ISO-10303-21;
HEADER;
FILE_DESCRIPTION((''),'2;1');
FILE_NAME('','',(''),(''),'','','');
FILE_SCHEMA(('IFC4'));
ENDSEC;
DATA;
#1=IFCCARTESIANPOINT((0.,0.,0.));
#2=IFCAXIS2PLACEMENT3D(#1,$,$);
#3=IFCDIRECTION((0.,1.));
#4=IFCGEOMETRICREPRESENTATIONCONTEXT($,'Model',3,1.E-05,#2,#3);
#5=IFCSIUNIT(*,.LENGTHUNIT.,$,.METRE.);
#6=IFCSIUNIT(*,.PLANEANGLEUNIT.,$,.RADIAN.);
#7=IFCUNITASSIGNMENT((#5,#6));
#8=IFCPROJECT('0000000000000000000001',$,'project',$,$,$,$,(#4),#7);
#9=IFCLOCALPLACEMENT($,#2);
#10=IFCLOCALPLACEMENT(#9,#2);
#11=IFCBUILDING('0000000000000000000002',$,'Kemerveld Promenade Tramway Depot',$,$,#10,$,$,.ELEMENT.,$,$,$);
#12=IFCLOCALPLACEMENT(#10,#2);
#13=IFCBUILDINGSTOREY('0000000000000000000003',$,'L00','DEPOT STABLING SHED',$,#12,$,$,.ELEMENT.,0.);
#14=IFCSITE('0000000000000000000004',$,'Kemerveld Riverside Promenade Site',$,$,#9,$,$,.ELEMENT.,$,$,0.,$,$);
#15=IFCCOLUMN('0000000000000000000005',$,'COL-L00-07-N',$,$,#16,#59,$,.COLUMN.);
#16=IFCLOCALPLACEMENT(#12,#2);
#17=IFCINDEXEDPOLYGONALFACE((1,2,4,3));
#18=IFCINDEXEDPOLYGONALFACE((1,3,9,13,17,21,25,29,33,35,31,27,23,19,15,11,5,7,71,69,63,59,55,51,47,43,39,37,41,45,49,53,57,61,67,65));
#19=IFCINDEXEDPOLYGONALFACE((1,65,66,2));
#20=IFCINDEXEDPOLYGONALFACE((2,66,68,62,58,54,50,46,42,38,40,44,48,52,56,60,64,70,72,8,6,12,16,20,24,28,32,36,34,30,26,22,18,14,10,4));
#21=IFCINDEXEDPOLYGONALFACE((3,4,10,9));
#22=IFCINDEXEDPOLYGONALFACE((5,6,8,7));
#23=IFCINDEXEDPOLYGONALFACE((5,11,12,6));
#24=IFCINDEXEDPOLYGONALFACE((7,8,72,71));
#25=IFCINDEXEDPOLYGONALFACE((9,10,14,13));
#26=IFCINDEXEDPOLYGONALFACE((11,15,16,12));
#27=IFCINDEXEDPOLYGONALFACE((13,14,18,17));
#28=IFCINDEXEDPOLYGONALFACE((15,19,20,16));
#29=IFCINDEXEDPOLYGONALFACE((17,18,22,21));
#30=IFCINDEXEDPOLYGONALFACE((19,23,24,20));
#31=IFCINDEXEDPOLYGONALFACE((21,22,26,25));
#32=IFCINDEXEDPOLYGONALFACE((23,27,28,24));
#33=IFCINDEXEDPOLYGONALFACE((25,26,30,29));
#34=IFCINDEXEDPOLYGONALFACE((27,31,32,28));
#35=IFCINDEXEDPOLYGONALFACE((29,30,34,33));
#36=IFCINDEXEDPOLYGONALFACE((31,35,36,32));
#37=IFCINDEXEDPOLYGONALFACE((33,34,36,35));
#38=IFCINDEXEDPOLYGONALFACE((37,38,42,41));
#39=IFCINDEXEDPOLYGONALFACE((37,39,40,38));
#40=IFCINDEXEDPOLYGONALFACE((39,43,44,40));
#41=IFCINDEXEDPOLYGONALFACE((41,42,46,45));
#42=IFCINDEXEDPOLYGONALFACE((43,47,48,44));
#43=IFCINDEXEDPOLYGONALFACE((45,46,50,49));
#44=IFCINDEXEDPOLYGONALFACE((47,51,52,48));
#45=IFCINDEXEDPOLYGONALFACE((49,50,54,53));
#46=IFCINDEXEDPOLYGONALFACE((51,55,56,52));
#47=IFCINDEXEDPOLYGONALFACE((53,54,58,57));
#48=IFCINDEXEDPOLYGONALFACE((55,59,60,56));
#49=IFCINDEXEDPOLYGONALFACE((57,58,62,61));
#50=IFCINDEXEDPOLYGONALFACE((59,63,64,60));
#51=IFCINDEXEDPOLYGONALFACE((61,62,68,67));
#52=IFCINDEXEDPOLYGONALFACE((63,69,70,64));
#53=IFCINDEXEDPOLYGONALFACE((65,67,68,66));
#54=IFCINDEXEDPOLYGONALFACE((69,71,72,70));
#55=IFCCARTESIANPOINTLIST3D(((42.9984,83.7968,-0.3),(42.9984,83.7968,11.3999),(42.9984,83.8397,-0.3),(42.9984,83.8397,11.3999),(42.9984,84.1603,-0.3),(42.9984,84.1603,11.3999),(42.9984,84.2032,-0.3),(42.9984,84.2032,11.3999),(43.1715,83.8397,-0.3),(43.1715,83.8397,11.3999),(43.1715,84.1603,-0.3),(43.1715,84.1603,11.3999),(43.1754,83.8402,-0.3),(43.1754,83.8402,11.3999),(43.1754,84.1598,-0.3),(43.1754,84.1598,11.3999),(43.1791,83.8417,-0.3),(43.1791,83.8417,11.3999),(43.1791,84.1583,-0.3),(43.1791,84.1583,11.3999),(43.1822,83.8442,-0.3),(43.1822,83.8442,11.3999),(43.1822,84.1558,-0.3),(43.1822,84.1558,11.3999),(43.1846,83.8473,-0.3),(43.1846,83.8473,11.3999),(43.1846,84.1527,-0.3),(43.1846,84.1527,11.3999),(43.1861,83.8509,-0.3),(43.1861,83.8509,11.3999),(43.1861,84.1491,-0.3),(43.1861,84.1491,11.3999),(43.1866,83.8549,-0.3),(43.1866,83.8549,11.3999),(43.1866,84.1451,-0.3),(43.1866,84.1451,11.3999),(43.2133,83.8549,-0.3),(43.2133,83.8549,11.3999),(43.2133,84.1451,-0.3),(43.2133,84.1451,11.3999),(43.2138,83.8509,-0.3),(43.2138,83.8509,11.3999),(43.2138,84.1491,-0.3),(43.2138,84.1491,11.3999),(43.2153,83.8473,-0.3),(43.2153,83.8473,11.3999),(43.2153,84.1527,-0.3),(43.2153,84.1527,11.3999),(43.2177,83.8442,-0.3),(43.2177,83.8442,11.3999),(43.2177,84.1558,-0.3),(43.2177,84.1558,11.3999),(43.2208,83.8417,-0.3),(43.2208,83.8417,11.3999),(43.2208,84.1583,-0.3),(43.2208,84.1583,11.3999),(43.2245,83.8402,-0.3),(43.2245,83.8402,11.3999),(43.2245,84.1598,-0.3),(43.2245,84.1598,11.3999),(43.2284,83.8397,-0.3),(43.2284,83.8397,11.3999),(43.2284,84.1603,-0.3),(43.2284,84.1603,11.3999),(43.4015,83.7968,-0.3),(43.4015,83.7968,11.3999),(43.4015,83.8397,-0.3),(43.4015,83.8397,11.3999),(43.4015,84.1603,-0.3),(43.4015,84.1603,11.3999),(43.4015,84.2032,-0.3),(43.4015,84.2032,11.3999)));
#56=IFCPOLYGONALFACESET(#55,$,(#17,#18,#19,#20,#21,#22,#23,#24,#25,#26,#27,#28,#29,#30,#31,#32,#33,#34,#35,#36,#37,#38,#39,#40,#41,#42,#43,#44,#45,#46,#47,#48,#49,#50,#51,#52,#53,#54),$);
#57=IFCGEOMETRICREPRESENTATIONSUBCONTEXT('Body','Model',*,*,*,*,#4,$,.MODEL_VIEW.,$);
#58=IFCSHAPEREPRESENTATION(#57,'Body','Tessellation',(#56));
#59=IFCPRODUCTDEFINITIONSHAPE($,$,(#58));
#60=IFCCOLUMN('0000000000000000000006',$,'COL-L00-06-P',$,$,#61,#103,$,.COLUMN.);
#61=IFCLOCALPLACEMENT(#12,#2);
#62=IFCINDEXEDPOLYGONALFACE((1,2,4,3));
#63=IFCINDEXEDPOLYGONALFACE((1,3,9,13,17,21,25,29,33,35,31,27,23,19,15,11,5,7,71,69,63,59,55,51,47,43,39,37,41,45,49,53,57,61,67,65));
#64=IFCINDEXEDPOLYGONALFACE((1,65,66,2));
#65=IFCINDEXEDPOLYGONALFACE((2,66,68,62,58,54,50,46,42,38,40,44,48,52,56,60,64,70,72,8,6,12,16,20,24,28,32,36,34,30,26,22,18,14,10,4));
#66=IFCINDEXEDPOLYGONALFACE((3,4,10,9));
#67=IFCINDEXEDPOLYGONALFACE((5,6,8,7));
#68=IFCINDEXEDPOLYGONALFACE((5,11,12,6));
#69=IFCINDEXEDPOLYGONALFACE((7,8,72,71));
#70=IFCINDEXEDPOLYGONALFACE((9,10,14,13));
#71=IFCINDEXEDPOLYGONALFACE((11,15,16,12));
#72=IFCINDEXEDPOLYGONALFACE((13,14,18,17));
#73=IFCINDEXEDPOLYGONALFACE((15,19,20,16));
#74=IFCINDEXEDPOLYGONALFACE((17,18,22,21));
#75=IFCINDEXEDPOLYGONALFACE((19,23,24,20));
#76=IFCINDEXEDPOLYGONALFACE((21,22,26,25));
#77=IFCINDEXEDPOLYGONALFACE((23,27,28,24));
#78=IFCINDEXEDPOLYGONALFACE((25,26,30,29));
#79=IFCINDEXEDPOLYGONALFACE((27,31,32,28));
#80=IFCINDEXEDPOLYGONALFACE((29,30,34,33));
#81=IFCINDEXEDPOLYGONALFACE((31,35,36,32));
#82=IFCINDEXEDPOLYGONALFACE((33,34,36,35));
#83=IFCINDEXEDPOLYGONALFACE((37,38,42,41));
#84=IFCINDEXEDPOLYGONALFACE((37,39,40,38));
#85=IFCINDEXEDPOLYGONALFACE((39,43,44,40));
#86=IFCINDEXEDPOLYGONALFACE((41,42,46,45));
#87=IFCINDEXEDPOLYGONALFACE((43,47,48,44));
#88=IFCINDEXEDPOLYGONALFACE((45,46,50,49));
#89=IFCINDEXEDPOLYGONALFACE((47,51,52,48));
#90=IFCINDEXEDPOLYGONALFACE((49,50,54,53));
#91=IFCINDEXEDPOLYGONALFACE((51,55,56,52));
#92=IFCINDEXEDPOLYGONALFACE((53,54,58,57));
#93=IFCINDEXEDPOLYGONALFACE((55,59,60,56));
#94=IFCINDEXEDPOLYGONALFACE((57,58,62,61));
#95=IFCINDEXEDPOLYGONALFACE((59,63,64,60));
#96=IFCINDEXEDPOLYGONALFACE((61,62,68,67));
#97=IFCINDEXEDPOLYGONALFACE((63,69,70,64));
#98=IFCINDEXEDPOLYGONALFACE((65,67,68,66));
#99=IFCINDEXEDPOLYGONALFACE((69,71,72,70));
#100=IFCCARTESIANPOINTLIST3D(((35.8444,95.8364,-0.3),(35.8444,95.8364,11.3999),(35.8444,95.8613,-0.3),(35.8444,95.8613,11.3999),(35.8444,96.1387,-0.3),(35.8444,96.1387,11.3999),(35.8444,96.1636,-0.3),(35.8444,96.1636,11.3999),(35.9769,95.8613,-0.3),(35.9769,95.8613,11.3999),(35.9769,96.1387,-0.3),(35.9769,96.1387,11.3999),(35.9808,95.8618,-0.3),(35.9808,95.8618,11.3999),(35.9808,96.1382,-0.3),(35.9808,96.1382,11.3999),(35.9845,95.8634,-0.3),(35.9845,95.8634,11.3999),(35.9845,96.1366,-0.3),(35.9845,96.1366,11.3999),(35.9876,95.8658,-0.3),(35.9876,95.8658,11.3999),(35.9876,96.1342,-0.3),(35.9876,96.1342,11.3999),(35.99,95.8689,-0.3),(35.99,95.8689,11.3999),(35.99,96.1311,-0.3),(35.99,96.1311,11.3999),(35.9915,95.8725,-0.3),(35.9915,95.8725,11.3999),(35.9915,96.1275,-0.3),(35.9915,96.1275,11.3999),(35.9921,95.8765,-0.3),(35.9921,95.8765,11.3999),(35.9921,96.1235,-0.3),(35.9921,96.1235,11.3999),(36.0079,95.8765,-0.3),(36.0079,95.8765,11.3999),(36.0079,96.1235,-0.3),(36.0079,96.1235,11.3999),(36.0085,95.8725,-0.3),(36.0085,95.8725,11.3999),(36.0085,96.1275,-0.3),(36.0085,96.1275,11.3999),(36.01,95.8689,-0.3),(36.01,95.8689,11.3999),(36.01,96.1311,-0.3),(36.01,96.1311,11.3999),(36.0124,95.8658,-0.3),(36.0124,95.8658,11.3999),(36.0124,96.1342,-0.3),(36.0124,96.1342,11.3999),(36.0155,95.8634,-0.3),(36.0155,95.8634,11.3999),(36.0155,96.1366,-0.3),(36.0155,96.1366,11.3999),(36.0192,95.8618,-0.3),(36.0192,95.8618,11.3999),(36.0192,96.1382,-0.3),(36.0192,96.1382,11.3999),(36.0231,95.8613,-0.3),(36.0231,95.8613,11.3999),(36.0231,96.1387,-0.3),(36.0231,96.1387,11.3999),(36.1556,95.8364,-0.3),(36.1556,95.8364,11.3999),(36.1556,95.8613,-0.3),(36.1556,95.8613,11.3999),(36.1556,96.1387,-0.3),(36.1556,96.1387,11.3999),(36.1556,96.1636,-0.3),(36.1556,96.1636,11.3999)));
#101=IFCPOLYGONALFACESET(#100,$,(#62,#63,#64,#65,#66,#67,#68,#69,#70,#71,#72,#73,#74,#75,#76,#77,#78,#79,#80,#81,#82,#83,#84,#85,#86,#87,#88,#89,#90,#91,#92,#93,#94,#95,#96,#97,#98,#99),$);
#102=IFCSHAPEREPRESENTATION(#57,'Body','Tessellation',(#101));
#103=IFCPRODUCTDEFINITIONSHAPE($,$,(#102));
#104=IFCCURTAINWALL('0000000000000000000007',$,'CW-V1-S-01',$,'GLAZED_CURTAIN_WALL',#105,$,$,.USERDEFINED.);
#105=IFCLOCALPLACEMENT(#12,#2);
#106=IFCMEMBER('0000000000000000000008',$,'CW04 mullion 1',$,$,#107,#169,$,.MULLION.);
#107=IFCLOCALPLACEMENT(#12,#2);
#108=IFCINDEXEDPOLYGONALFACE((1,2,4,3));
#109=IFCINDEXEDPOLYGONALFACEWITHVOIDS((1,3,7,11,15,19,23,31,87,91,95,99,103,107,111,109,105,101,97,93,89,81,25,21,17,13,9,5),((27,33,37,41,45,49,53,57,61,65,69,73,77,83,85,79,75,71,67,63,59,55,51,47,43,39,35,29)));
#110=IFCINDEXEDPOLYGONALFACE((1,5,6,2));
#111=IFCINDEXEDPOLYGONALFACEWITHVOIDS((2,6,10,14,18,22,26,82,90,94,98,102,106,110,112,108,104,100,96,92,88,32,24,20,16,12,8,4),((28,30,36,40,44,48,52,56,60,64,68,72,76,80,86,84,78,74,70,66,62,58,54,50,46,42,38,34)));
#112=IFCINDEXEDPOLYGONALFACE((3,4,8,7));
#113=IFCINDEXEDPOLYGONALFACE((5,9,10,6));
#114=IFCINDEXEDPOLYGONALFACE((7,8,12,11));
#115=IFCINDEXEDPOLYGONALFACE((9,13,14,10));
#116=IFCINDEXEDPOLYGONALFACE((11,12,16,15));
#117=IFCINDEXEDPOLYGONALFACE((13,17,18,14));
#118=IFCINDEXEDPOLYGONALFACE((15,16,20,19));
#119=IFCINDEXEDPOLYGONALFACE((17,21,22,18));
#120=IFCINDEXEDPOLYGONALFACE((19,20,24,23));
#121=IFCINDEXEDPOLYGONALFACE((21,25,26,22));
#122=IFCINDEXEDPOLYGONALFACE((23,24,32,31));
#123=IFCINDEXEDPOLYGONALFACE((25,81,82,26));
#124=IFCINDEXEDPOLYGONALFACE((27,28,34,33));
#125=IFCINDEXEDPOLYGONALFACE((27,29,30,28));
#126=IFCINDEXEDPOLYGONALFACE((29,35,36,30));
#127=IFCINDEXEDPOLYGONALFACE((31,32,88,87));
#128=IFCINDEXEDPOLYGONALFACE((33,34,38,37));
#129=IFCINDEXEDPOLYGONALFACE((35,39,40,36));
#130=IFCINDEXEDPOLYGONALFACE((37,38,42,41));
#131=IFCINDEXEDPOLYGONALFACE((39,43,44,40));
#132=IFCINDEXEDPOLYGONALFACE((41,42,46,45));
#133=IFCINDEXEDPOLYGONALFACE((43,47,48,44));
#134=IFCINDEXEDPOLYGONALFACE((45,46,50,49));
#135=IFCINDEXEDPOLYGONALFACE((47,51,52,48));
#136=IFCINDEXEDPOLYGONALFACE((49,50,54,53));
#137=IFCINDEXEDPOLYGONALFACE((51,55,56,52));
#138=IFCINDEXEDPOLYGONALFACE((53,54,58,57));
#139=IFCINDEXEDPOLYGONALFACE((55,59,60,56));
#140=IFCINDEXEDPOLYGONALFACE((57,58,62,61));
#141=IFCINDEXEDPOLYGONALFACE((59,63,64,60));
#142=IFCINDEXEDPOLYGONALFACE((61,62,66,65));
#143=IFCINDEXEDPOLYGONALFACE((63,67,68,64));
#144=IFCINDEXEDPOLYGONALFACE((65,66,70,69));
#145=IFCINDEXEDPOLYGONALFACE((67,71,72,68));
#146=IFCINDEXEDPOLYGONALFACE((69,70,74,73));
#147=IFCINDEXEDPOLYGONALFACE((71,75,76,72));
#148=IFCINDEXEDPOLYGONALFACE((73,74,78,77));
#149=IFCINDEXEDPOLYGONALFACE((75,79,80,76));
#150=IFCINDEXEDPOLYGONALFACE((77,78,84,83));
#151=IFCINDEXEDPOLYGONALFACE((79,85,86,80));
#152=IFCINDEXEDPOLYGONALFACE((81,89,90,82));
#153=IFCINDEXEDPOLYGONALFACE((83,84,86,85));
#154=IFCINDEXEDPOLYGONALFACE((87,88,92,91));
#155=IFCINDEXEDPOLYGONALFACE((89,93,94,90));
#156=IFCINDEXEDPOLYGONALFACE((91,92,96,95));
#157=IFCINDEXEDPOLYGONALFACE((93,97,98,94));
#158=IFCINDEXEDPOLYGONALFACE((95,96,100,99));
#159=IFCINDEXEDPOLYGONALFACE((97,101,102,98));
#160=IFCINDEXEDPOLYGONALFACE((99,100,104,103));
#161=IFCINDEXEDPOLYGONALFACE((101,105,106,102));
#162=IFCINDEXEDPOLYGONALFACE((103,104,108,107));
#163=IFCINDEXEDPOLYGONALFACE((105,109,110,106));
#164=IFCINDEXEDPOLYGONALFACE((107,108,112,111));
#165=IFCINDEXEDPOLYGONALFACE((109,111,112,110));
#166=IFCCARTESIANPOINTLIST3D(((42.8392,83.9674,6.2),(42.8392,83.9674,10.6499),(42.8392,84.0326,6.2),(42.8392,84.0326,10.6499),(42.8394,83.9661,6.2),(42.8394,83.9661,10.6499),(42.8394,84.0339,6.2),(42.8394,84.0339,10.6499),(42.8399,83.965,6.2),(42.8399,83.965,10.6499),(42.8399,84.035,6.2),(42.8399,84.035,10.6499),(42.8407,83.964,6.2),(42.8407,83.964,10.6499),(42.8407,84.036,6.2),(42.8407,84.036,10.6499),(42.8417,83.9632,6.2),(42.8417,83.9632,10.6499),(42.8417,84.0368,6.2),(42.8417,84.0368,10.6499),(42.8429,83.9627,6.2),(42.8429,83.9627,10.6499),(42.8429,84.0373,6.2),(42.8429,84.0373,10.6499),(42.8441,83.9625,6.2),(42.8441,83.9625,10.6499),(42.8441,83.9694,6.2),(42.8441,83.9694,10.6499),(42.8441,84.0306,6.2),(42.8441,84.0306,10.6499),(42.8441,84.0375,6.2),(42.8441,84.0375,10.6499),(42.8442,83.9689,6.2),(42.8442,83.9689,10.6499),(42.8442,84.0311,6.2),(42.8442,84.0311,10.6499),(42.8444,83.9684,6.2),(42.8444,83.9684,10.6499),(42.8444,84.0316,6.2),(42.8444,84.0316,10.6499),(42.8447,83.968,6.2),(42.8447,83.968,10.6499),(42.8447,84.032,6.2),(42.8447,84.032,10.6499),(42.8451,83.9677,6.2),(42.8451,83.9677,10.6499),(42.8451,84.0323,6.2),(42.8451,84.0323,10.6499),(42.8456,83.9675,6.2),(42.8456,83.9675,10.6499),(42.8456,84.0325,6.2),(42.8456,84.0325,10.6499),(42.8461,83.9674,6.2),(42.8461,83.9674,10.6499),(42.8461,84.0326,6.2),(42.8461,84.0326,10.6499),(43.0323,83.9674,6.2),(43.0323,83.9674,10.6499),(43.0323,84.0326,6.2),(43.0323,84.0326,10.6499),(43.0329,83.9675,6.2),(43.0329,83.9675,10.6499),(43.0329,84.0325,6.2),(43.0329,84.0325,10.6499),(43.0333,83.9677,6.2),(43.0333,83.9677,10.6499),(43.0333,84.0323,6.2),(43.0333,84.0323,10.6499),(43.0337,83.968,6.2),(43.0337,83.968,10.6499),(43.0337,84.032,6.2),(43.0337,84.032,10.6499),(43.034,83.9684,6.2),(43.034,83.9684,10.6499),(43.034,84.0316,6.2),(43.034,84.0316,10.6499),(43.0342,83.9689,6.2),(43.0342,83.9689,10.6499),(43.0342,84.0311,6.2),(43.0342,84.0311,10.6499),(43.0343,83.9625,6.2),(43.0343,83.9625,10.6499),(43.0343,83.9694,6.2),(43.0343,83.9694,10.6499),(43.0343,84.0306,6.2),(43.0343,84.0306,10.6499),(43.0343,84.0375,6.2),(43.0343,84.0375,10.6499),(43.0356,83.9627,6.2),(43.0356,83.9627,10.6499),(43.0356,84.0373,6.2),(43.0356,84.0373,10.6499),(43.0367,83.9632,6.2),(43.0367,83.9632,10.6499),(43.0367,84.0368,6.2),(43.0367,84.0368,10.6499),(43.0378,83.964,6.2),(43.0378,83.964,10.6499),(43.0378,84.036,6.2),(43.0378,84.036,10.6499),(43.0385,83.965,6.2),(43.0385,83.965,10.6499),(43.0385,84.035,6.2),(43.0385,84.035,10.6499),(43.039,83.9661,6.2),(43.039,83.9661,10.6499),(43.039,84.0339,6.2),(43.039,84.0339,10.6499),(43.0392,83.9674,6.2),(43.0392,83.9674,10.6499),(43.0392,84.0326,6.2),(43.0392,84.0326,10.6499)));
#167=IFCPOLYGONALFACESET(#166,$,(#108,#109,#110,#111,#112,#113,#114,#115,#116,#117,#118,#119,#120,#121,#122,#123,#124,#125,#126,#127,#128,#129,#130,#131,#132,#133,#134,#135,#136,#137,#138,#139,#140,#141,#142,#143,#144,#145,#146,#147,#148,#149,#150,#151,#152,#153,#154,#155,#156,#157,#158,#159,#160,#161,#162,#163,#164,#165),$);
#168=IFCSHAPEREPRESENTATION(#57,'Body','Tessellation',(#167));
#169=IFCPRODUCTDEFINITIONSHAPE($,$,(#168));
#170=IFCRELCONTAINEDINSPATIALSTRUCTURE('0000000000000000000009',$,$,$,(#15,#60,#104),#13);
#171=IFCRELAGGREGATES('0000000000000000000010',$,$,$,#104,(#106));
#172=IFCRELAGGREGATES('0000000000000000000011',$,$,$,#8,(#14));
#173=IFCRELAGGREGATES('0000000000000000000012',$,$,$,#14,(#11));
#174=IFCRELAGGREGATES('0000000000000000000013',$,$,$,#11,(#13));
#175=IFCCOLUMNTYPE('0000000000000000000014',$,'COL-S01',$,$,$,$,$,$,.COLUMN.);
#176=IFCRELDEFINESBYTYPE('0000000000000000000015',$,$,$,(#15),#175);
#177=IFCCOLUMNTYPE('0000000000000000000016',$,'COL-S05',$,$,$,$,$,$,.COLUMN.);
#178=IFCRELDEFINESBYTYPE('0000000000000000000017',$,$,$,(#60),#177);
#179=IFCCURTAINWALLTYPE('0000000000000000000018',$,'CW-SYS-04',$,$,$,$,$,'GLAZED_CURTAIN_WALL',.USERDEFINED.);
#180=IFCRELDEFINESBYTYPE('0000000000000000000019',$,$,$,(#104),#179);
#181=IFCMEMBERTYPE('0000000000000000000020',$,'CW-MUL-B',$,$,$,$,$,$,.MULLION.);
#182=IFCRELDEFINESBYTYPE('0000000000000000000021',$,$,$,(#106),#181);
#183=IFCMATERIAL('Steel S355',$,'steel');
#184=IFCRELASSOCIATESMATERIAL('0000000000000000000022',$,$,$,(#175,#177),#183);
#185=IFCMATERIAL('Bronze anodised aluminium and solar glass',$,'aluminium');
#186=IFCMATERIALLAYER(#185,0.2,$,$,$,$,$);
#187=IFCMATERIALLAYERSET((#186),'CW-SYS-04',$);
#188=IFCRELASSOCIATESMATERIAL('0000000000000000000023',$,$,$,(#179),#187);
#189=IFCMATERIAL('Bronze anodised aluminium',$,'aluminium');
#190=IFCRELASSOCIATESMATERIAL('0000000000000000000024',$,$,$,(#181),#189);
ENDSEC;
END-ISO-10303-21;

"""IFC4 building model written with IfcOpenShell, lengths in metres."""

from ifc_helpers import new_model, si_unit, direction, frame, origin, origin_2d, place, context, subcontext, project, spatial, hollow_rectangle, i_section, extrude, material, layer, layer_set, material_profile, profile_set, type_object, element, aggregate, save


model = new_model("IFC4")

# Units and contexts
model_context = context("Model", 3, precision=1e-05, world=origin(), true_north=direction((0.0, 1.0)))
body_context = subcontext(model_context, "Body", "Model", "MODEL_VIEW")
ifc_project = project(units=[si_unit("LENGTHUNIT", "METRE"), si_unit("PLANEANGLEUNIT", "RADIAN")], contexts=[model_context])

# Site, building, storey
site_placement = place(None, origin())
site = spatial("IfcSite", under=ifc_project, at=site_placement, Name="Kemerveld Riverside Promenade Site", CompositionType="ELEMENT", RefElevation=0.0)
building_placement = place(site_placement, origin())
building = spatial("IfcBuilding", under=site, at=building_placement, Name="Kemerveld Promenade Tramway Depot", CompositionType="ELEMENT")
storey_placement = place(building_placement, origin())
storey = spatial("IfcBuildingStorey", under=building, at=storey_placement, Name="L00", Description="DEPOT STABLING SHED", CompositionType="ELEMENT", Elevation=0.0)

# Columns
ifc_material_1 = material(Name="Steel S355", Category="steel")
ifc_material_profile_1 = material_profile(ifc_material_1, i_section(OverallWidth=0.4031, OverallDepth=0.4065, WebThickness=0.0266, FlangeThickness=0.043, FilletRadius=0.0151, at=origin_2d()), Name="356x406x340 UC")
ifc_profile_set_1 = profile_set([ifc_material_profile_1], Name="Steel S355")
column_type_1 = type_object("IfcColumnType", Name="COL-S01", PredefinedType="COLUMN", material=ifc_profile_set_1)
column_1_placement = place(storey_placement, frame((43.2, 84.0, -0.3), z_axis=(0.0, 0.0, 1.0), x_axis=(1.0, 0.0, 0.0)))
element("IfcColumn", 1, at=column_1_placement, inside=storey, type_object=column_type_1, Name="COL-L00-07-N", PredefinedType="COLUMN", context=body_context, shape_type="SweptSolid", body=[
    extrude(i_section(OverallWidth=0.4031, OverallDepth=0.4065, WebThickness=0.0266, FlangeThickness=0.043, FilletRadius=0.0151, at=origin_2d()), origin(), (0.0, 0.0, 1.0), 11.7),
])
ifc_material_profile_2 = material_profile(ifc_material_1, i_section(OverallWidth=0.3113, OverallDepth=0.3271, WebThickness=0.0159, FlangeThickness=0.0249, FilletRadius=0.0151, at=origin_2d()), Name="305x305x158 UC")
ifc_profile_set_2 = profile_set([ifc_material_profile_2], Name="Steel S355")
column_type_2 = type_object("IfcColumnType", Name="COL-S05", PredefinedType="COLUMN", material=ifc_profile_set_2)
column_2_placement = place(storey_placement, frame((36.0, 96.0, -0.3), z_axis=(0.0, 0.0, 1.0), x_axis=(1.0, 0.0, 0.0)))
element("IfcColumn", 2, at=column_2_placement, inside=storey, type_object=column_type_2, Name="COL-L00-06-P", PredefinedType="COLUMN", context=body_context, shape_type="SweptSolid", body=[
    extrude(i_section(OverallWidth=0.3113, OverallDepth=0.3271, WebThickness=0.0159, FlangeThickness=0.0249, FilletRadius=0.0151, at=origin_2d()), origin(), (0.0, 0.0, 1.0), 11.7),
])

# Curtain wall, member
ifc_material_2 = material(Name="Bronze anodised aluminium and solar glass", Category="aluminium")
ifc_layer_1 = layer(ifc_material_2, 0.2)
ifc_layer_set_1 = layer_set([ifc_layer_1], Name="CW-SYS-04")
curtain_wall_type_1 = type_object("IfcCurtainWallType", Name="CW-SYS-04", ElementType="GLAZED_CURTAIN_WALL", PredefinedType="USERDEFINED", material=ifc_layer_set_1)
curtain_wall_1_placement = place(storey_placement, origin())
curtain_wall_1 = element("IfcCurtainWall", 3, at=curtain_wall_1_placement, inside=storey, type_object=curtain_wall_type_1, Name="CW-V1-S-01", ObjectType="GLAZED_CURTAIN_WALL", PredefinedType="USERDEFINED")
ifc_material_3 = material(Name="Bronze anodised aluminium", Category="aluminium")
ifc_material_profile_3 = material_profile(ifc_material_3, hollow_rectangle(XDim=0.075, YDim=0.2, WallThickness=0.0049, InnerFilletRadius=0.002, OuterFilletRadius=0.0049, at=origin_2d()), Name="CW-MUL-200x75")
ifc_profile_set_3 = profile_set([ifc_material_profile_3], Name="Bronze anodised aluminium")
member_type_1 = type_object("IfcMemberType", Name="CW-MUL-B", PredefinedType="MULLION", material=ifc_profile_set_3)
member_1_placement = place(storey_placement, frame((42.9392, 84.0, 6.2), z_axis=(0.0, 0.0, 1.0), x_axis=(0.0, -1.0, 0.0)))
member_1 = element("IfcMember", 4, at=member_1_placement, type_object=member_type_1, Name="CW04 mullion 1", PredefinedType="MULLION", context=body_context, shape_type="SweptSolid", body=[
    extrude(hollow_rectangle(XDim=0.075, YDim=0.2, WallThickness=0.0049, InnerFilletRadius=0.002, OuterFilletRadius=0.0049, at=origin_2d()), origin(), (0.0, 0.0, 1.0), 4.45),
])

aggregate(curtain_wall_1, [member_1])

save(model, "model.ifc")
